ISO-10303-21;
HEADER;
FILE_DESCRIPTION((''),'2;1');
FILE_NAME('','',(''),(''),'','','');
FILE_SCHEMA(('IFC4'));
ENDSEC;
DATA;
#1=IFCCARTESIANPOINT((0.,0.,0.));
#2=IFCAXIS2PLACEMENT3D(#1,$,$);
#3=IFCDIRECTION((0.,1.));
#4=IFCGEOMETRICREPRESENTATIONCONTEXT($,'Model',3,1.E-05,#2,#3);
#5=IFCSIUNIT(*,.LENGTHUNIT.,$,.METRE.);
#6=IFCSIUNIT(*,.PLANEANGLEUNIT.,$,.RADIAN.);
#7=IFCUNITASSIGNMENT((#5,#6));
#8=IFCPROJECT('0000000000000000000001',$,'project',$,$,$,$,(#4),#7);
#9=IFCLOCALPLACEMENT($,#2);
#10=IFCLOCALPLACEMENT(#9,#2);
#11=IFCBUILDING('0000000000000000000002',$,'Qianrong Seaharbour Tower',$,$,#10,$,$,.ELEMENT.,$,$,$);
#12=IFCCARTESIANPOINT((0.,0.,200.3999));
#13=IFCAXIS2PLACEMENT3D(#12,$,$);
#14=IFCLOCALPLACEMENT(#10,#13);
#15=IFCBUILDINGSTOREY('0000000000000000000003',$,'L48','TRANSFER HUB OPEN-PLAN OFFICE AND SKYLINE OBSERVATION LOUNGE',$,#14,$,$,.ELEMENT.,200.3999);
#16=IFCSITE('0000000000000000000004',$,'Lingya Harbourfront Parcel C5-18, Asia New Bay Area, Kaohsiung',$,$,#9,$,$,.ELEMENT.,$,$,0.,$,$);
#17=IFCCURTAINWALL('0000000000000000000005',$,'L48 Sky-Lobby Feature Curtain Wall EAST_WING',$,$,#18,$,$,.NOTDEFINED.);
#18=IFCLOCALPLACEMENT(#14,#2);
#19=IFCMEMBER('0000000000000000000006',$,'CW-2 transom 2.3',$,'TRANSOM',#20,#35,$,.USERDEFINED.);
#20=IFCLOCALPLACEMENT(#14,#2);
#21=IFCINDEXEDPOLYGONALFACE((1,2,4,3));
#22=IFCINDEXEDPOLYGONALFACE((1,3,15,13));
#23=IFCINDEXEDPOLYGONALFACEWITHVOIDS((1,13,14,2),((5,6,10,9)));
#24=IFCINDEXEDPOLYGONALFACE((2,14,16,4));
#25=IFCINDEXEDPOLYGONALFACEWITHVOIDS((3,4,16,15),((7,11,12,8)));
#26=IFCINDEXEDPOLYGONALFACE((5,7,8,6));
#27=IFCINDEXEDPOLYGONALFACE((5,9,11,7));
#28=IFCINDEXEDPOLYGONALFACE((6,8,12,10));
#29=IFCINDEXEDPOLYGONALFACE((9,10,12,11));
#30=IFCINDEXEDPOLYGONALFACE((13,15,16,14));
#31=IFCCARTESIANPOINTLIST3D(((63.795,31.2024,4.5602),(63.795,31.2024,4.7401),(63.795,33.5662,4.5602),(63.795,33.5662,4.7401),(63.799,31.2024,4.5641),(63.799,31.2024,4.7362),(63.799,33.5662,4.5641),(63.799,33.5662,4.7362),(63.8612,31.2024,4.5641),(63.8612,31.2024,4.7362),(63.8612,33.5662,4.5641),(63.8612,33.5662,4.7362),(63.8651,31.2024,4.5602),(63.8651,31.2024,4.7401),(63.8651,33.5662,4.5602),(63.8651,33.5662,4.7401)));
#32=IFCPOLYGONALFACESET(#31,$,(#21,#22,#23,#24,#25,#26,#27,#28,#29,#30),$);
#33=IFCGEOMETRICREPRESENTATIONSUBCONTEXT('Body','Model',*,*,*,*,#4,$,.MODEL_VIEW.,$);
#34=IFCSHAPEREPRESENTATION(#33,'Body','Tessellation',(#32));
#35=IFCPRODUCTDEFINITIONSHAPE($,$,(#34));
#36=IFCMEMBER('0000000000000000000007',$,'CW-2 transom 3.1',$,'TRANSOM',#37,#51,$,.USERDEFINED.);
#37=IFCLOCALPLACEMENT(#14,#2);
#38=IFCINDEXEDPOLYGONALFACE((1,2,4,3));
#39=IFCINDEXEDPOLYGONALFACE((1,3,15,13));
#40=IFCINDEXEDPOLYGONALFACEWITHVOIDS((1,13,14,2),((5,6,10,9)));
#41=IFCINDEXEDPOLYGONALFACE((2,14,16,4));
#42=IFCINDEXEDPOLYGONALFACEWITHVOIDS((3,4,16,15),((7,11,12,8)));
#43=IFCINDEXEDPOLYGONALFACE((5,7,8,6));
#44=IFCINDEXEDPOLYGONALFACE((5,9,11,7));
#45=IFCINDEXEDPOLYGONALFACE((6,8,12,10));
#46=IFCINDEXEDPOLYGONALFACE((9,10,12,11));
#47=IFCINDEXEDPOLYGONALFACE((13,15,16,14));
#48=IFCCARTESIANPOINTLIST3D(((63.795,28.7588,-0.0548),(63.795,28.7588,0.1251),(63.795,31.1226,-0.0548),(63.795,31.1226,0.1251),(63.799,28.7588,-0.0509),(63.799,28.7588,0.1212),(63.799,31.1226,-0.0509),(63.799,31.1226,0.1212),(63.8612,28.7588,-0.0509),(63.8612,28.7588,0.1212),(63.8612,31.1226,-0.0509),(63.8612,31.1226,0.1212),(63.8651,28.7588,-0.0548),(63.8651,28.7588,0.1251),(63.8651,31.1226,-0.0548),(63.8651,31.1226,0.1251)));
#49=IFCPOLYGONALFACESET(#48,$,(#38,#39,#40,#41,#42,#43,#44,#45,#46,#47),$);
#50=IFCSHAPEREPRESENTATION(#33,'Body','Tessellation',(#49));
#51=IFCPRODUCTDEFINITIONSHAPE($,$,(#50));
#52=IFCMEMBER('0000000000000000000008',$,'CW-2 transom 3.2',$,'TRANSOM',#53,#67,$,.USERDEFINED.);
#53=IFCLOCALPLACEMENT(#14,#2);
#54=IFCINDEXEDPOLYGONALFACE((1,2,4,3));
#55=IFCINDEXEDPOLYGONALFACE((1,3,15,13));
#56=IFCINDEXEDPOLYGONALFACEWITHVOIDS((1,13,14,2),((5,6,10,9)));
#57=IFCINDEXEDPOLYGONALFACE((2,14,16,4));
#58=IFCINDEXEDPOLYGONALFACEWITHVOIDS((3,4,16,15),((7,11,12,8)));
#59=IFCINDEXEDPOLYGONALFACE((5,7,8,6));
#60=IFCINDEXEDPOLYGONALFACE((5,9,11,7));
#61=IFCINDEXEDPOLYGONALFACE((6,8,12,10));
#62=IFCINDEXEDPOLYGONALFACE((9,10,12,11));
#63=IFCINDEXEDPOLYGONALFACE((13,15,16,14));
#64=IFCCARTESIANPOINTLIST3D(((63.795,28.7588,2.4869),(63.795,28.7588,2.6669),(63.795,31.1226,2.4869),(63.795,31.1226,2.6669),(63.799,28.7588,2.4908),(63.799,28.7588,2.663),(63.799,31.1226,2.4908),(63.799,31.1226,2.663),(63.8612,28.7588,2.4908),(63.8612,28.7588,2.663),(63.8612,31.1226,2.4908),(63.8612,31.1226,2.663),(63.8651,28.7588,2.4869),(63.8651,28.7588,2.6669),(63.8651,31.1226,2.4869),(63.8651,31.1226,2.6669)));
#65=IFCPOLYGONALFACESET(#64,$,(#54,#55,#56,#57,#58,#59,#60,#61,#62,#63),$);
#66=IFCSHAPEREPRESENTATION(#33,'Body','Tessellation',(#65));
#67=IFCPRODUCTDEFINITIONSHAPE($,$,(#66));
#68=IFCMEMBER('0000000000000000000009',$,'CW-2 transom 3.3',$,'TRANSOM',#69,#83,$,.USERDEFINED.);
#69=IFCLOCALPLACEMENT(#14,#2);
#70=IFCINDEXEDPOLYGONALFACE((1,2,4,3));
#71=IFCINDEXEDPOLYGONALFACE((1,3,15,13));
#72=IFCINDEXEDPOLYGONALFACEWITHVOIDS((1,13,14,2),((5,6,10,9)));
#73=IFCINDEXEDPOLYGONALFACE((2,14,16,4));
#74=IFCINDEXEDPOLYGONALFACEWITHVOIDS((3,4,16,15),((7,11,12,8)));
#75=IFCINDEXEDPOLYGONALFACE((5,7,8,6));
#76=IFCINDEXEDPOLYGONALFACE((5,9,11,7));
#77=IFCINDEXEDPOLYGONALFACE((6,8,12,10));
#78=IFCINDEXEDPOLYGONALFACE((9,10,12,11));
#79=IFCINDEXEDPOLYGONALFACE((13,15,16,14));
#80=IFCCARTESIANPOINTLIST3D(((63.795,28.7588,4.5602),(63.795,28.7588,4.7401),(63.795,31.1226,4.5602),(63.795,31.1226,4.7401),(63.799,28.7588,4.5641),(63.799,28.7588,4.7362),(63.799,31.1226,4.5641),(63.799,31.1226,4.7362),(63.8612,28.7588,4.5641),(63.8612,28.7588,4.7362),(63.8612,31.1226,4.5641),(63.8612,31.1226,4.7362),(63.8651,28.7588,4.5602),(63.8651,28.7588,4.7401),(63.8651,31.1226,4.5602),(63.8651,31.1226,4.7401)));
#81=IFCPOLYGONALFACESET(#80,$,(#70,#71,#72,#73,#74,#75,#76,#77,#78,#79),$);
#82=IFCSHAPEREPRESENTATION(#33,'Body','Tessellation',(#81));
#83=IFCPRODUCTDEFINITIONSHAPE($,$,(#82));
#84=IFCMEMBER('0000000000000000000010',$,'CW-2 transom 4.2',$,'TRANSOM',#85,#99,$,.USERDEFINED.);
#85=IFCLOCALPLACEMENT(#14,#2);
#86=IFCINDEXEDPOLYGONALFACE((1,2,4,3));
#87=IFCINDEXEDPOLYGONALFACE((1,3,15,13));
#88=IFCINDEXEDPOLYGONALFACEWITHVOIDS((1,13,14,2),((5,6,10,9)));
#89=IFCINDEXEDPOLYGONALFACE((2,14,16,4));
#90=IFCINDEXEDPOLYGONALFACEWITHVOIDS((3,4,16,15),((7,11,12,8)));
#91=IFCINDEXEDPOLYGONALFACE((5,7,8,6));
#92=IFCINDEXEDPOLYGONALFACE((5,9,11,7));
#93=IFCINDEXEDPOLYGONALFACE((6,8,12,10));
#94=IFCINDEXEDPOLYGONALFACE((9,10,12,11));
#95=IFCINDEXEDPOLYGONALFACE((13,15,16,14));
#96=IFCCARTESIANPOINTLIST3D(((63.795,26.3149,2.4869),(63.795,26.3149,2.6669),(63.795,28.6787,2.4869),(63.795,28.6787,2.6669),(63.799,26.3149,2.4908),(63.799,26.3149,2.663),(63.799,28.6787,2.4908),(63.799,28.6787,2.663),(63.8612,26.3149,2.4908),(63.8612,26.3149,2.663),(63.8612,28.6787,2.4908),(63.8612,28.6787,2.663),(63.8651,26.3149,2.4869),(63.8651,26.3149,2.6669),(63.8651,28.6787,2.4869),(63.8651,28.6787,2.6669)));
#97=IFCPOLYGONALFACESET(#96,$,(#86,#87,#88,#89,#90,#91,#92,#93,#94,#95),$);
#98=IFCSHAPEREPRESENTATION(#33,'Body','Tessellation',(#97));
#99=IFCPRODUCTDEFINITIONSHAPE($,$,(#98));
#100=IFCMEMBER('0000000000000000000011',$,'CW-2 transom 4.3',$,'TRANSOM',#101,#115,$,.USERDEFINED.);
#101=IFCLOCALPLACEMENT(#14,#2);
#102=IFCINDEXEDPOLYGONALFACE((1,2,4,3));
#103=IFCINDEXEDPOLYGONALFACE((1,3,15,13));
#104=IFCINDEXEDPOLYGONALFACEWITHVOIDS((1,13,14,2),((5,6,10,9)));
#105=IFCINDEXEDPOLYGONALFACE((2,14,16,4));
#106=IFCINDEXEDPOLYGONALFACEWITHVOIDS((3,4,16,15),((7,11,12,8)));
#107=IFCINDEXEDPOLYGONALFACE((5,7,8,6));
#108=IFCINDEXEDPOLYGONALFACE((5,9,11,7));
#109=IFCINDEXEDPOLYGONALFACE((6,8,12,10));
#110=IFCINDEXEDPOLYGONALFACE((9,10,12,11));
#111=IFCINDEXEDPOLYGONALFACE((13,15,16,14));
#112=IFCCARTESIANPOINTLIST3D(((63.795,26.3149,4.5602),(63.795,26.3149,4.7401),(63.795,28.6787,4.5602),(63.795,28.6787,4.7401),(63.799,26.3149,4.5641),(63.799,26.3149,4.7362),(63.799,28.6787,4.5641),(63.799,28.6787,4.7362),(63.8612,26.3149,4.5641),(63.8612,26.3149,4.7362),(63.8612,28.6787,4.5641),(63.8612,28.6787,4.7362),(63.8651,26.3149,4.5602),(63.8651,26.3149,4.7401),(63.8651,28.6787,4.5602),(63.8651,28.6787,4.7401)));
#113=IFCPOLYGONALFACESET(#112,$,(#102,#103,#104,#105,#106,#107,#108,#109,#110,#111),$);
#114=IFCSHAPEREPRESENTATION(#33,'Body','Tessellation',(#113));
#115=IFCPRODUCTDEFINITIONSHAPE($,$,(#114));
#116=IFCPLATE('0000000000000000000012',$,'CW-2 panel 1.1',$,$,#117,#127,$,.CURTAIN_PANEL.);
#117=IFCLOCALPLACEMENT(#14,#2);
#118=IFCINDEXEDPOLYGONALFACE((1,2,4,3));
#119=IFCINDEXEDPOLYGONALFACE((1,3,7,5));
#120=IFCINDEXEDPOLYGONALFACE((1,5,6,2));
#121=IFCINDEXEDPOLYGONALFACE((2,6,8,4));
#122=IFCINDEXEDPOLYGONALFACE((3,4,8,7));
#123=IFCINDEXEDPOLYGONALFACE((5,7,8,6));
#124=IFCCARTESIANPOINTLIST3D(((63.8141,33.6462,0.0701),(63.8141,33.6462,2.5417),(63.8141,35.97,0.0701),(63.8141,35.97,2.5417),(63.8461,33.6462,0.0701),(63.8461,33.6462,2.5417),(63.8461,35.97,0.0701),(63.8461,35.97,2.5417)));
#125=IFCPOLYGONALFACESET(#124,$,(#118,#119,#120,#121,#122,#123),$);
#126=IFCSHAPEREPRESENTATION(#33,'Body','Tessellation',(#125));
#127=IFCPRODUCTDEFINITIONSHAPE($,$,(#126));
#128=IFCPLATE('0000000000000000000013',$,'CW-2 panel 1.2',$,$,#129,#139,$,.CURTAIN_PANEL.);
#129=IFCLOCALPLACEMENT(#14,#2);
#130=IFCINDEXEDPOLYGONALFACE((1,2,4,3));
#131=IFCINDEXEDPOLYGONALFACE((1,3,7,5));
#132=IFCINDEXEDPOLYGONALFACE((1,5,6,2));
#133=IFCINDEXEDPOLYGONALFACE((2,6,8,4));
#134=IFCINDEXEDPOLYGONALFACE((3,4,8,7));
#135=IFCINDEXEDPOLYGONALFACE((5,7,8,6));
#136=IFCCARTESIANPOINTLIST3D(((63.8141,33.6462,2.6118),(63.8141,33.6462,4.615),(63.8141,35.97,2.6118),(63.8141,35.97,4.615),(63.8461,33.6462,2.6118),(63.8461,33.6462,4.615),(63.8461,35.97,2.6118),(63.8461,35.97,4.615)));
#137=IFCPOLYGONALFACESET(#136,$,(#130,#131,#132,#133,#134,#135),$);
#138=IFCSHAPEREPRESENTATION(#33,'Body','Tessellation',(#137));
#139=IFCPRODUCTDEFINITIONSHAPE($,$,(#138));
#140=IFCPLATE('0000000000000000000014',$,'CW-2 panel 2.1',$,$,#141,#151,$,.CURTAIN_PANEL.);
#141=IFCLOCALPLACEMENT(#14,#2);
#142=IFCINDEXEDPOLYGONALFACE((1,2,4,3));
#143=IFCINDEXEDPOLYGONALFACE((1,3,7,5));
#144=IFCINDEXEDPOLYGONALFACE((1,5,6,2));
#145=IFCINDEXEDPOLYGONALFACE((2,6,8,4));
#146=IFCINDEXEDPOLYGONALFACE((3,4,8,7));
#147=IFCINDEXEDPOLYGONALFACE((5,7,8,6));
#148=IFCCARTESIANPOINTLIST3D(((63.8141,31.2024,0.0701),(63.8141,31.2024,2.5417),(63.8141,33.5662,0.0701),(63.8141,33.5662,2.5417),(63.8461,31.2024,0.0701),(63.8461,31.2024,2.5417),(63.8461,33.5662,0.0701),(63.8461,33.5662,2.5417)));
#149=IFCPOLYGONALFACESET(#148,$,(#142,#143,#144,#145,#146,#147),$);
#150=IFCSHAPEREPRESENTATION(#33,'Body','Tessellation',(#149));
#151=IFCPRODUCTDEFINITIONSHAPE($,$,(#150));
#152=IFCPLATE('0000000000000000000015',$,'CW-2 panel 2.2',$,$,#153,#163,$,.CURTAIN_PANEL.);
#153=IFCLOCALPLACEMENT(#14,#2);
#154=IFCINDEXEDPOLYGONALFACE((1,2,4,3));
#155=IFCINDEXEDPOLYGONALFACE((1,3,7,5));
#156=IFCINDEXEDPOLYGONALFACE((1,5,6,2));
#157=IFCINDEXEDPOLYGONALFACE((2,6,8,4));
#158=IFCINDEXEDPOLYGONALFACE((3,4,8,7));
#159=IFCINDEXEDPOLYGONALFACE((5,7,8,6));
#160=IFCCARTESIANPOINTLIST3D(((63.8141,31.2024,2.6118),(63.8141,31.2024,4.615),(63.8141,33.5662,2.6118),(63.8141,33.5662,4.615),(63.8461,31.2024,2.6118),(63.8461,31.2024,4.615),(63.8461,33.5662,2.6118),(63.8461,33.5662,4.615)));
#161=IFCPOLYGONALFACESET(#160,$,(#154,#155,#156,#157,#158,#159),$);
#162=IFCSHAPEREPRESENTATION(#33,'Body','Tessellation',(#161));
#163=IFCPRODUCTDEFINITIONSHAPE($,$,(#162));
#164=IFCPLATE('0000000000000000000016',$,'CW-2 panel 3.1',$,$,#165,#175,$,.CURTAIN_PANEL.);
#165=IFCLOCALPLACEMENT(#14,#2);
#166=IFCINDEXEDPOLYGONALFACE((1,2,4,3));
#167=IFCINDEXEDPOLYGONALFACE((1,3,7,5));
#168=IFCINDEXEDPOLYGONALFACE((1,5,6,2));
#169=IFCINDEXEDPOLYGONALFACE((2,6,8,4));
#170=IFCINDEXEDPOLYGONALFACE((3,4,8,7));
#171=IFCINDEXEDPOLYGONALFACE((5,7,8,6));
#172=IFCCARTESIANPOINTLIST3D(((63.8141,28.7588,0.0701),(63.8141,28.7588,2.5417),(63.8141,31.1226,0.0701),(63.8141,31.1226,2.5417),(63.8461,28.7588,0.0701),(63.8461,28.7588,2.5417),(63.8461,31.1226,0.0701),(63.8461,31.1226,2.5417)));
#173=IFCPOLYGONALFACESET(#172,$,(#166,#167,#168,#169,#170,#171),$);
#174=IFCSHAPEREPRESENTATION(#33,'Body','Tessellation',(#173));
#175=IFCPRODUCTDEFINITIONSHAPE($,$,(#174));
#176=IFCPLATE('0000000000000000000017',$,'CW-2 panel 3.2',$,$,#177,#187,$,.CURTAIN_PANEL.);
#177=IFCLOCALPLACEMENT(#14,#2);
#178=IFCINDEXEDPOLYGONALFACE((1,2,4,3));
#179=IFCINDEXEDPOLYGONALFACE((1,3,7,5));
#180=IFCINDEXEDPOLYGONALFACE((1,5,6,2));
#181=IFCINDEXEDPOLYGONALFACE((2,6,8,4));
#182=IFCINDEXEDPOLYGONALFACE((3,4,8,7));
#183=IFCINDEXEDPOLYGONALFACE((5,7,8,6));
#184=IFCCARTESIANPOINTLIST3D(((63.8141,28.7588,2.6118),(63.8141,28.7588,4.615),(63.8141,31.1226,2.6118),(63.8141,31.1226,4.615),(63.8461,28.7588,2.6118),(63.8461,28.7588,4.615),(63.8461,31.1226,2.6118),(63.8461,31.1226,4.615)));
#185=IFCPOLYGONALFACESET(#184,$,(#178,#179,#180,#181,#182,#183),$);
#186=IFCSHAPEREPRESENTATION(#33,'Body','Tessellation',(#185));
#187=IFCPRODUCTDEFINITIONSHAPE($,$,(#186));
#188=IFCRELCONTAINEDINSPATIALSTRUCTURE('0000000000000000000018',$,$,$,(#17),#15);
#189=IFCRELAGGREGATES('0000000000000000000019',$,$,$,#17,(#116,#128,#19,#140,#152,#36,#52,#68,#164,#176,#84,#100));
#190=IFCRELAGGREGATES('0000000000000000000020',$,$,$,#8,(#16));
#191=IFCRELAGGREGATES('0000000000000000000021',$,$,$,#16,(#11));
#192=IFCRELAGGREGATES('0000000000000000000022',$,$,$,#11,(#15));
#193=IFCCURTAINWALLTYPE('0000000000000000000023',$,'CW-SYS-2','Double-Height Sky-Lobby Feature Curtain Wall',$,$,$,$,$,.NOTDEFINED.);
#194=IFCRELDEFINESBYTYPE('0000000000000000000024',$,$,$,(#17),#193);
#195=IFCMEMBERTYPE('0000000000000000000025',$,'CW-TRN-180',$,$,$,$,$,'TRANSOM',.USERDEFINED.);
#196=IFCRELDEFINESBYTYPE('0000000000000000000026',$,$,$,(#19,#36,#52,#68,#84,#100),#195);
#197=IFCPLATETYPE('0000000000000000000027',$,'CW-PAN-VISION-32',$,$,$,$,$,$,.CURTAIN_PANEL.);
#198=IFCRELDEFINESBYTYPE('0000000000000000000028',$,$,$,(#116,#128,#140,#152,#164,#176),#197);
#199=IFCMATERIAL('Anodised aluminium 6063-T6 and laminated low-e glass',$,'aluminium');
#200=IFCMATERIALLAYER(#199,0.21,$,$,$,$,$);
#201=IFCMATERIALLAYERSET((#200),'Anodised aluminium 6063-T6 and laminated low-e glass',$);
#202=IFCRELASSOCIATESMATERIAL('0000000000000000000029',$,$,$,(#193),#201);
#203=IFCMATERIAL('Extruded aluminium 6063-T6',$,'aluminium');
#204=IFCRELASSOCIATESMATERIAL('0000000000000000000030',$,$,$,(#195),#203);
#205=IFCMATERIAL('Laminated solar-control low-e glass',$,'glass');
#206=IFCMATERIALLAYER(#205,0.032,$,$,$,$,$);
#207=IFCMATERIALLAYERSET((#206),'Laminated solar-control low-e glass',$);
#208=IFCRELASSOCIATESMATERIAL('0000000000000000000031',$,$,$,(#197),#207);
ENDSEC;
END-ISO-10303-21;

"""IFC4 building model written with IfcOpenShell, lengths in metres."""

from ifc_helpers import new_model, si_unit, direction, frame, origin, origin_2d, place, context, subcontext, project, spatial, rectangle, hollow_rectangle, extrude, material, layer, layer_set, material_profile, profile_set, type_object, element, aggregate, save


model = new_model("IFC4")

# Units and contexts
model_context = context("Model", 3, precision=1e-05, world=origin(), true_north=direction((0.0, 1.0)))
body_context = subcontext(model_context, "Body", "Model", "MODEL_VIEW")
ifc_project = project(units=[si_unit("LENGTHUNIT", "METRE"), si_unit("PLANEANGLEUNIT", "RADIAN")], contexts=[model_context])

# Site, building, storey
site_placement = place(None, origin())
site = spatial("IfcSite", under=ifc_project, at=site_placement, Name="Lingya Harbourfront Parcel C5-18, Asia New Bay Area, Kaohsiung", CompositionType="ELEMENT", RefElevation=0.0)
building_placement = place(site_placement, origin())
building = spatial("IfcBuilding", under=site, at=building_placement, Name="Qianrong Seaharbour Tower", CompositionType="ELEMENT")
storey_placement = place(building_placement, frame((0.0, 0.0, 200.3999)))
storey = spatial("IfcBuildingStorey", under=building, at=storey_placement, Name="L48", Description="TRANSFER HUB OPEN-PLAN OFFICE AND SKYLINE OBSERVATION LOUNGE", CompositionType="ELEMENT", Elevation=200.3999)

# Curtain wall, members, plates
ifc_material_1 = material(Name="Anodised aluminium 6063-T6 and laminated low-e glass", Category="aluminium")
ifc_layer_1 = layer(ifc_material_1, 0.21)
ifc_layer_set_1 = layer_set([ifc_layer_1], Name="Anodised aluminium 6063-T6 and laminated low-e glass")
curtain_wall_type = type_object("IfcCurtainWallType", Name="CW-SYS-2", Description="Double-Height Sky-Lobby Feature Curtain Wall", PredefinedType="NOTDEFINED", material=ifc_layer_set_1)
curtain_wall_placement = place(storey_placement, origin())
curtain_wall = element("IfcCurtainWall", 1, at=curtain_wall_placement, inside=storey, type_object=curtain_wall_type, Name="L48 Sky-Lobby Feature Curtain Wall EAST_WING", PredefinedType="NOTDEFINED")
ifc_material_2 = material(Name="Extruded aluminium 6063-T6", Category="aluminium")
ifc_material_profile_1 = material_profile(ifc_material_2, hollow_rectangle(XDim=0.0701, YDim=0.1799, WallThickness=0.0039, at=origin_2d()), Name="ALU-TRN-180x70x4")
ifc_profile_set_1 = profile_set([ifc_material_profile_1], Name="Extruded aluminium 6063-T6")
member_type_1 = type_object("IfcMemberType", Name="CW-TRN-180", ElementType="TRANSOM", PredefinedType="USERDEFINED", material=ifc_profile_set_1)
member_1_placement = place(storey_placement, frame((63.8301, 33.5662, 4.6501), z_axis=(0.0, -1.0, 0.0), x_axis=(1.0, 0.0, 0.0)))
member_1 = element("IfcMember", 2, at=member_1_placement, type_object=member_type_1, Name="CW-2 transom 2.3", ObjectType="TRANSOM", PredefinedType="USERDEFINED", context=body_context, shape_type="SweptSolid", body=[
    extrude(hollow_rectangle(XDim=0.0701, YDim=0.1799, WallThickness=0.0039, at=origin_2d()), origin(), (0.0, 0.0, 1.0), 2.3638),
])
member_2_placement = place(storey_placement, frame((63.8301, 31.1226, 0.0352), z_axis=(0.0, -1.0, 0.0), x_axis=(1.0, 0.0, 0.0)))
member_2 = element("IfcMember", 3, at=member_2_placement, type_object=member_type_1, Name="CW-2 transom 3.1", ObjectType="TRANSOM", PredefinedType="USERDEFINED", context=body_context, shape_type="SweptSolid", body=[
    extrude(hollow_rectangle(XDim=0.0701, YDim=0.1799, WallThickness=0.0039, at=origin_2d()), origin(), (0.0, 0.0, 1.0), 2.3638),
])
member_3_placement = place(storey_placement, frame((63.8301, 31.1226, 2.5769), z_axis=(0.0, -1.0, 0.0), x_axis=(1.0, 0.0, 0.0)))
member_3 = element("IfcMember", 4, at=member_3_placement, type_object=member_type_1, Name="CW-2 transom 3.2", ObjectType="TRANSOM", PredefinedType="USERDEFINED", context=body_context, shape_type="SweptSolid", body=[
    extrude(hollow_rectangle(XDim=0.0701, YDim=0.1799, WallThickness=0.0039, at=origin_2d()), origin(), (0.0, 0.0, 1.0), 2.3638),
])
member_4_placement = place(storey_placement, frame((63.8301, 31.1226, 4.6501), z_axis=(0.0, -1.0, 0.0), x_axis=(1.0, 0.0, 0.0)))
member_4 = element("IfcMember", 5, at=member_4_placement, type_object=member_type_1, Name="CW-2 transom 3.3", ObjectType="TRANSOM", PredefinedType="USERDEFINED", context=body_context, shape_type="SweptSolid", body=[
    extrude(hollow_rectangle(XDim=0.0701, YDim=0.1799, WallThickness=0.0039, at=origin_2d()), origin(), (0.0, 0.0, 1.0), 2.3638),
])
member_5_placement = place(storey_placement, frame((63.8301, 28.6787, 2.5769), z_axis=(0.0, -1.0, 0.0), x_axis=(1.0, 0.0, 0.0)))
member_5 = element("IfcMember", 6, at=member_5_placement, type_object=member_type_1, Name="CW-2 transom 4.2", ObjectType="TRANSOM", PredefinedType="USERDEFINED", context=body_context, shape_type="SweptSolid", body=[
    extrude(hollow_rectangle(XDim=0.0701, YDim=0.1799, WallThickness=0.0039, at=origin_2d()), origin(), (0.0, 0.0, 1.0), 2.3638),
])
member_6_placement = place(storey_placement, frame((63.8301, 28.6787, 4.6501), z_axis=(0.0, -1.0, 0.0), x_axis=(1.0, 0.0, 0.0)))
member_6 = element("IfcMember", 7, at=member_6_placement, type_object=member_type_1, Name="CW-2 transom 4.3", ObjectType="TRANSOM", PredefinedType="USERDEFINED", context=body_context, shape_type="SweptSolid", body=[
    extrude(hollow_rectangle(XDim=0.0701, YDim=0.1799, WallThickness=0.0039, at=origin_2d()), origin(), (0.0, 0.0, 1.0), 2.3638),
])
ifc_material_3 = material(Name="Laminated solar-control low-e glass", Category="glass")
ifc_layer_2 = layer(ifc_material_3, 0.032)
ifc_layer_set_2 = layer_set([ifc_layer_2], Name="Laminated solar-control low-e glass")
plate_type_1 = type_object("IfcPlateType", Name="CW-PAN-VISION-32", PredefinedType="CURTAIN_PANEL", material=ifc_layer_set_2)
plate_1_placement = place(storey_placement, frame((63.8301, 34.8081, 0.0701), z_axis=(0.0, 0.0, 1.0), x_axis=(0.0, -1.0, 0.0)))
plate_1 = element("IfcPlate", 8, at=plate_1_placement, type_object=plate_type_1, Name="CW-2 panel 1.1", PredefinedType="CURTAIN_PANEL", context=body_context, shape_type="SweptSolid", body=[
    extrude(rectangle(XDim=2.3237, YDim=0.032, at=origin_2d()), origin(), (0.0, 0.0, 1.0), 2.4717),
])
plate_2_placement = place(storey_placement, frame((63.8301, 34.8081, 2.6118), z_axis=(0.0, 0.0, 1.0), x_axis=(0.0, -1.0, 0.0)))
plate_2 = element("IfcPlate", 9, at=plate_2_placement, type_object=plate_type_1, Name="CW-2 panel 1.2", PredefinedType="CURTAIN_PANEL", context=body_context, shape_type="SweptSolid", body=[
    extrude(rectangle(XDim=2.3237, YDim=0.032, at=origin_2d()), origin(), (0.0, 0.0, 1.0), 2.0032),
])
plate_3_placement = place(storey_placement, frame((63.8301, 32.3843, 0.0701), z_axis=(0.0, 0.0, 1.0), x_axis=(0.0, -1.0, 0.0)))
plate_3 = element("IfcPlate", 10, at=plate_3_placement, type_object=plate_type_1, Name="CW-2 panel 2.1", PredefinedType="CURTAIN_PANEL", context=body_context, shape_type="SweptSolid", body=[
    extrude(rectangle(XDim=2.3638, YDim=0.032, at=origin_2d()), origin(), (0.0, 0.0, 1.0), 2.4717),
])
plate_4_placement = place(storey_placement, frame((63.8301, 32.3843, 2.6118), z_axis=(0.0, 0.0, 1.0), x_axis=(0.0, -1.0, 0.0)))
plate_4 = element("IfcPlate", 11, at=plate_4_placement, type_object=plate_type_1, Name="CW-2 panel 2.2", PredefinedType="CURTAIN_PANEL", context=body_context, shape_type="SweptSolid", body=[
    extrude(rectangle(XDim=2.3638, YDim=0.032, at=origin_2d()), origin(), (0.0, 0.0, 1.0), 2.0032),
])
plate_5_placement = place(storey_placement, frame((63.8301, 29.9407, 0.0701), z_axis=(0.0, 0.0, 1.0), x_axis=(0.0, -1.0, 0.0)))
plate_5 = element("IfcPlate", 12, at=plate_5_placement, type_object=plate_type_1, Name="CW-2 panel 3.1", PredefinedType="CURTAIN_PANEL", context=body_context, shape_type="SweptSolid", body=[
    extrude(rectangle(XDim=2.3638, YDim=0.032, at=origin_2d()), origin(), (0.0, 0.0, 1.0), 2.4717),
])
plate_6_placement = place(storey_placement, frame((63.8301, 29.9407, 2.6118), z_axis=(0.0, 0.0, 1.0), x_axis=(0.0, -1.0, 0.0)))
plate_6 = element("IfcPlate", 13, at=plate_6_placement, type_object=plate_type_1, Name="CW-2 panel 3.2", PredefinedType="CURTAIN_PANEL", context=body_context, shape_type="SweptSolid", body=[
    extrude(rectangle(XDim=2.3638, YDim=0.032, at=origin_2d()), origin(), (0.0, 0.0, 1.0), 2.0032),
])
aggregate(curtain_wall, [plate_1, plate_2, member_1, plate_3, plate_4, member_2, member_3, member_4, plate_5, plate_6, member_5, member_6])

save(model, "model.ifc")
